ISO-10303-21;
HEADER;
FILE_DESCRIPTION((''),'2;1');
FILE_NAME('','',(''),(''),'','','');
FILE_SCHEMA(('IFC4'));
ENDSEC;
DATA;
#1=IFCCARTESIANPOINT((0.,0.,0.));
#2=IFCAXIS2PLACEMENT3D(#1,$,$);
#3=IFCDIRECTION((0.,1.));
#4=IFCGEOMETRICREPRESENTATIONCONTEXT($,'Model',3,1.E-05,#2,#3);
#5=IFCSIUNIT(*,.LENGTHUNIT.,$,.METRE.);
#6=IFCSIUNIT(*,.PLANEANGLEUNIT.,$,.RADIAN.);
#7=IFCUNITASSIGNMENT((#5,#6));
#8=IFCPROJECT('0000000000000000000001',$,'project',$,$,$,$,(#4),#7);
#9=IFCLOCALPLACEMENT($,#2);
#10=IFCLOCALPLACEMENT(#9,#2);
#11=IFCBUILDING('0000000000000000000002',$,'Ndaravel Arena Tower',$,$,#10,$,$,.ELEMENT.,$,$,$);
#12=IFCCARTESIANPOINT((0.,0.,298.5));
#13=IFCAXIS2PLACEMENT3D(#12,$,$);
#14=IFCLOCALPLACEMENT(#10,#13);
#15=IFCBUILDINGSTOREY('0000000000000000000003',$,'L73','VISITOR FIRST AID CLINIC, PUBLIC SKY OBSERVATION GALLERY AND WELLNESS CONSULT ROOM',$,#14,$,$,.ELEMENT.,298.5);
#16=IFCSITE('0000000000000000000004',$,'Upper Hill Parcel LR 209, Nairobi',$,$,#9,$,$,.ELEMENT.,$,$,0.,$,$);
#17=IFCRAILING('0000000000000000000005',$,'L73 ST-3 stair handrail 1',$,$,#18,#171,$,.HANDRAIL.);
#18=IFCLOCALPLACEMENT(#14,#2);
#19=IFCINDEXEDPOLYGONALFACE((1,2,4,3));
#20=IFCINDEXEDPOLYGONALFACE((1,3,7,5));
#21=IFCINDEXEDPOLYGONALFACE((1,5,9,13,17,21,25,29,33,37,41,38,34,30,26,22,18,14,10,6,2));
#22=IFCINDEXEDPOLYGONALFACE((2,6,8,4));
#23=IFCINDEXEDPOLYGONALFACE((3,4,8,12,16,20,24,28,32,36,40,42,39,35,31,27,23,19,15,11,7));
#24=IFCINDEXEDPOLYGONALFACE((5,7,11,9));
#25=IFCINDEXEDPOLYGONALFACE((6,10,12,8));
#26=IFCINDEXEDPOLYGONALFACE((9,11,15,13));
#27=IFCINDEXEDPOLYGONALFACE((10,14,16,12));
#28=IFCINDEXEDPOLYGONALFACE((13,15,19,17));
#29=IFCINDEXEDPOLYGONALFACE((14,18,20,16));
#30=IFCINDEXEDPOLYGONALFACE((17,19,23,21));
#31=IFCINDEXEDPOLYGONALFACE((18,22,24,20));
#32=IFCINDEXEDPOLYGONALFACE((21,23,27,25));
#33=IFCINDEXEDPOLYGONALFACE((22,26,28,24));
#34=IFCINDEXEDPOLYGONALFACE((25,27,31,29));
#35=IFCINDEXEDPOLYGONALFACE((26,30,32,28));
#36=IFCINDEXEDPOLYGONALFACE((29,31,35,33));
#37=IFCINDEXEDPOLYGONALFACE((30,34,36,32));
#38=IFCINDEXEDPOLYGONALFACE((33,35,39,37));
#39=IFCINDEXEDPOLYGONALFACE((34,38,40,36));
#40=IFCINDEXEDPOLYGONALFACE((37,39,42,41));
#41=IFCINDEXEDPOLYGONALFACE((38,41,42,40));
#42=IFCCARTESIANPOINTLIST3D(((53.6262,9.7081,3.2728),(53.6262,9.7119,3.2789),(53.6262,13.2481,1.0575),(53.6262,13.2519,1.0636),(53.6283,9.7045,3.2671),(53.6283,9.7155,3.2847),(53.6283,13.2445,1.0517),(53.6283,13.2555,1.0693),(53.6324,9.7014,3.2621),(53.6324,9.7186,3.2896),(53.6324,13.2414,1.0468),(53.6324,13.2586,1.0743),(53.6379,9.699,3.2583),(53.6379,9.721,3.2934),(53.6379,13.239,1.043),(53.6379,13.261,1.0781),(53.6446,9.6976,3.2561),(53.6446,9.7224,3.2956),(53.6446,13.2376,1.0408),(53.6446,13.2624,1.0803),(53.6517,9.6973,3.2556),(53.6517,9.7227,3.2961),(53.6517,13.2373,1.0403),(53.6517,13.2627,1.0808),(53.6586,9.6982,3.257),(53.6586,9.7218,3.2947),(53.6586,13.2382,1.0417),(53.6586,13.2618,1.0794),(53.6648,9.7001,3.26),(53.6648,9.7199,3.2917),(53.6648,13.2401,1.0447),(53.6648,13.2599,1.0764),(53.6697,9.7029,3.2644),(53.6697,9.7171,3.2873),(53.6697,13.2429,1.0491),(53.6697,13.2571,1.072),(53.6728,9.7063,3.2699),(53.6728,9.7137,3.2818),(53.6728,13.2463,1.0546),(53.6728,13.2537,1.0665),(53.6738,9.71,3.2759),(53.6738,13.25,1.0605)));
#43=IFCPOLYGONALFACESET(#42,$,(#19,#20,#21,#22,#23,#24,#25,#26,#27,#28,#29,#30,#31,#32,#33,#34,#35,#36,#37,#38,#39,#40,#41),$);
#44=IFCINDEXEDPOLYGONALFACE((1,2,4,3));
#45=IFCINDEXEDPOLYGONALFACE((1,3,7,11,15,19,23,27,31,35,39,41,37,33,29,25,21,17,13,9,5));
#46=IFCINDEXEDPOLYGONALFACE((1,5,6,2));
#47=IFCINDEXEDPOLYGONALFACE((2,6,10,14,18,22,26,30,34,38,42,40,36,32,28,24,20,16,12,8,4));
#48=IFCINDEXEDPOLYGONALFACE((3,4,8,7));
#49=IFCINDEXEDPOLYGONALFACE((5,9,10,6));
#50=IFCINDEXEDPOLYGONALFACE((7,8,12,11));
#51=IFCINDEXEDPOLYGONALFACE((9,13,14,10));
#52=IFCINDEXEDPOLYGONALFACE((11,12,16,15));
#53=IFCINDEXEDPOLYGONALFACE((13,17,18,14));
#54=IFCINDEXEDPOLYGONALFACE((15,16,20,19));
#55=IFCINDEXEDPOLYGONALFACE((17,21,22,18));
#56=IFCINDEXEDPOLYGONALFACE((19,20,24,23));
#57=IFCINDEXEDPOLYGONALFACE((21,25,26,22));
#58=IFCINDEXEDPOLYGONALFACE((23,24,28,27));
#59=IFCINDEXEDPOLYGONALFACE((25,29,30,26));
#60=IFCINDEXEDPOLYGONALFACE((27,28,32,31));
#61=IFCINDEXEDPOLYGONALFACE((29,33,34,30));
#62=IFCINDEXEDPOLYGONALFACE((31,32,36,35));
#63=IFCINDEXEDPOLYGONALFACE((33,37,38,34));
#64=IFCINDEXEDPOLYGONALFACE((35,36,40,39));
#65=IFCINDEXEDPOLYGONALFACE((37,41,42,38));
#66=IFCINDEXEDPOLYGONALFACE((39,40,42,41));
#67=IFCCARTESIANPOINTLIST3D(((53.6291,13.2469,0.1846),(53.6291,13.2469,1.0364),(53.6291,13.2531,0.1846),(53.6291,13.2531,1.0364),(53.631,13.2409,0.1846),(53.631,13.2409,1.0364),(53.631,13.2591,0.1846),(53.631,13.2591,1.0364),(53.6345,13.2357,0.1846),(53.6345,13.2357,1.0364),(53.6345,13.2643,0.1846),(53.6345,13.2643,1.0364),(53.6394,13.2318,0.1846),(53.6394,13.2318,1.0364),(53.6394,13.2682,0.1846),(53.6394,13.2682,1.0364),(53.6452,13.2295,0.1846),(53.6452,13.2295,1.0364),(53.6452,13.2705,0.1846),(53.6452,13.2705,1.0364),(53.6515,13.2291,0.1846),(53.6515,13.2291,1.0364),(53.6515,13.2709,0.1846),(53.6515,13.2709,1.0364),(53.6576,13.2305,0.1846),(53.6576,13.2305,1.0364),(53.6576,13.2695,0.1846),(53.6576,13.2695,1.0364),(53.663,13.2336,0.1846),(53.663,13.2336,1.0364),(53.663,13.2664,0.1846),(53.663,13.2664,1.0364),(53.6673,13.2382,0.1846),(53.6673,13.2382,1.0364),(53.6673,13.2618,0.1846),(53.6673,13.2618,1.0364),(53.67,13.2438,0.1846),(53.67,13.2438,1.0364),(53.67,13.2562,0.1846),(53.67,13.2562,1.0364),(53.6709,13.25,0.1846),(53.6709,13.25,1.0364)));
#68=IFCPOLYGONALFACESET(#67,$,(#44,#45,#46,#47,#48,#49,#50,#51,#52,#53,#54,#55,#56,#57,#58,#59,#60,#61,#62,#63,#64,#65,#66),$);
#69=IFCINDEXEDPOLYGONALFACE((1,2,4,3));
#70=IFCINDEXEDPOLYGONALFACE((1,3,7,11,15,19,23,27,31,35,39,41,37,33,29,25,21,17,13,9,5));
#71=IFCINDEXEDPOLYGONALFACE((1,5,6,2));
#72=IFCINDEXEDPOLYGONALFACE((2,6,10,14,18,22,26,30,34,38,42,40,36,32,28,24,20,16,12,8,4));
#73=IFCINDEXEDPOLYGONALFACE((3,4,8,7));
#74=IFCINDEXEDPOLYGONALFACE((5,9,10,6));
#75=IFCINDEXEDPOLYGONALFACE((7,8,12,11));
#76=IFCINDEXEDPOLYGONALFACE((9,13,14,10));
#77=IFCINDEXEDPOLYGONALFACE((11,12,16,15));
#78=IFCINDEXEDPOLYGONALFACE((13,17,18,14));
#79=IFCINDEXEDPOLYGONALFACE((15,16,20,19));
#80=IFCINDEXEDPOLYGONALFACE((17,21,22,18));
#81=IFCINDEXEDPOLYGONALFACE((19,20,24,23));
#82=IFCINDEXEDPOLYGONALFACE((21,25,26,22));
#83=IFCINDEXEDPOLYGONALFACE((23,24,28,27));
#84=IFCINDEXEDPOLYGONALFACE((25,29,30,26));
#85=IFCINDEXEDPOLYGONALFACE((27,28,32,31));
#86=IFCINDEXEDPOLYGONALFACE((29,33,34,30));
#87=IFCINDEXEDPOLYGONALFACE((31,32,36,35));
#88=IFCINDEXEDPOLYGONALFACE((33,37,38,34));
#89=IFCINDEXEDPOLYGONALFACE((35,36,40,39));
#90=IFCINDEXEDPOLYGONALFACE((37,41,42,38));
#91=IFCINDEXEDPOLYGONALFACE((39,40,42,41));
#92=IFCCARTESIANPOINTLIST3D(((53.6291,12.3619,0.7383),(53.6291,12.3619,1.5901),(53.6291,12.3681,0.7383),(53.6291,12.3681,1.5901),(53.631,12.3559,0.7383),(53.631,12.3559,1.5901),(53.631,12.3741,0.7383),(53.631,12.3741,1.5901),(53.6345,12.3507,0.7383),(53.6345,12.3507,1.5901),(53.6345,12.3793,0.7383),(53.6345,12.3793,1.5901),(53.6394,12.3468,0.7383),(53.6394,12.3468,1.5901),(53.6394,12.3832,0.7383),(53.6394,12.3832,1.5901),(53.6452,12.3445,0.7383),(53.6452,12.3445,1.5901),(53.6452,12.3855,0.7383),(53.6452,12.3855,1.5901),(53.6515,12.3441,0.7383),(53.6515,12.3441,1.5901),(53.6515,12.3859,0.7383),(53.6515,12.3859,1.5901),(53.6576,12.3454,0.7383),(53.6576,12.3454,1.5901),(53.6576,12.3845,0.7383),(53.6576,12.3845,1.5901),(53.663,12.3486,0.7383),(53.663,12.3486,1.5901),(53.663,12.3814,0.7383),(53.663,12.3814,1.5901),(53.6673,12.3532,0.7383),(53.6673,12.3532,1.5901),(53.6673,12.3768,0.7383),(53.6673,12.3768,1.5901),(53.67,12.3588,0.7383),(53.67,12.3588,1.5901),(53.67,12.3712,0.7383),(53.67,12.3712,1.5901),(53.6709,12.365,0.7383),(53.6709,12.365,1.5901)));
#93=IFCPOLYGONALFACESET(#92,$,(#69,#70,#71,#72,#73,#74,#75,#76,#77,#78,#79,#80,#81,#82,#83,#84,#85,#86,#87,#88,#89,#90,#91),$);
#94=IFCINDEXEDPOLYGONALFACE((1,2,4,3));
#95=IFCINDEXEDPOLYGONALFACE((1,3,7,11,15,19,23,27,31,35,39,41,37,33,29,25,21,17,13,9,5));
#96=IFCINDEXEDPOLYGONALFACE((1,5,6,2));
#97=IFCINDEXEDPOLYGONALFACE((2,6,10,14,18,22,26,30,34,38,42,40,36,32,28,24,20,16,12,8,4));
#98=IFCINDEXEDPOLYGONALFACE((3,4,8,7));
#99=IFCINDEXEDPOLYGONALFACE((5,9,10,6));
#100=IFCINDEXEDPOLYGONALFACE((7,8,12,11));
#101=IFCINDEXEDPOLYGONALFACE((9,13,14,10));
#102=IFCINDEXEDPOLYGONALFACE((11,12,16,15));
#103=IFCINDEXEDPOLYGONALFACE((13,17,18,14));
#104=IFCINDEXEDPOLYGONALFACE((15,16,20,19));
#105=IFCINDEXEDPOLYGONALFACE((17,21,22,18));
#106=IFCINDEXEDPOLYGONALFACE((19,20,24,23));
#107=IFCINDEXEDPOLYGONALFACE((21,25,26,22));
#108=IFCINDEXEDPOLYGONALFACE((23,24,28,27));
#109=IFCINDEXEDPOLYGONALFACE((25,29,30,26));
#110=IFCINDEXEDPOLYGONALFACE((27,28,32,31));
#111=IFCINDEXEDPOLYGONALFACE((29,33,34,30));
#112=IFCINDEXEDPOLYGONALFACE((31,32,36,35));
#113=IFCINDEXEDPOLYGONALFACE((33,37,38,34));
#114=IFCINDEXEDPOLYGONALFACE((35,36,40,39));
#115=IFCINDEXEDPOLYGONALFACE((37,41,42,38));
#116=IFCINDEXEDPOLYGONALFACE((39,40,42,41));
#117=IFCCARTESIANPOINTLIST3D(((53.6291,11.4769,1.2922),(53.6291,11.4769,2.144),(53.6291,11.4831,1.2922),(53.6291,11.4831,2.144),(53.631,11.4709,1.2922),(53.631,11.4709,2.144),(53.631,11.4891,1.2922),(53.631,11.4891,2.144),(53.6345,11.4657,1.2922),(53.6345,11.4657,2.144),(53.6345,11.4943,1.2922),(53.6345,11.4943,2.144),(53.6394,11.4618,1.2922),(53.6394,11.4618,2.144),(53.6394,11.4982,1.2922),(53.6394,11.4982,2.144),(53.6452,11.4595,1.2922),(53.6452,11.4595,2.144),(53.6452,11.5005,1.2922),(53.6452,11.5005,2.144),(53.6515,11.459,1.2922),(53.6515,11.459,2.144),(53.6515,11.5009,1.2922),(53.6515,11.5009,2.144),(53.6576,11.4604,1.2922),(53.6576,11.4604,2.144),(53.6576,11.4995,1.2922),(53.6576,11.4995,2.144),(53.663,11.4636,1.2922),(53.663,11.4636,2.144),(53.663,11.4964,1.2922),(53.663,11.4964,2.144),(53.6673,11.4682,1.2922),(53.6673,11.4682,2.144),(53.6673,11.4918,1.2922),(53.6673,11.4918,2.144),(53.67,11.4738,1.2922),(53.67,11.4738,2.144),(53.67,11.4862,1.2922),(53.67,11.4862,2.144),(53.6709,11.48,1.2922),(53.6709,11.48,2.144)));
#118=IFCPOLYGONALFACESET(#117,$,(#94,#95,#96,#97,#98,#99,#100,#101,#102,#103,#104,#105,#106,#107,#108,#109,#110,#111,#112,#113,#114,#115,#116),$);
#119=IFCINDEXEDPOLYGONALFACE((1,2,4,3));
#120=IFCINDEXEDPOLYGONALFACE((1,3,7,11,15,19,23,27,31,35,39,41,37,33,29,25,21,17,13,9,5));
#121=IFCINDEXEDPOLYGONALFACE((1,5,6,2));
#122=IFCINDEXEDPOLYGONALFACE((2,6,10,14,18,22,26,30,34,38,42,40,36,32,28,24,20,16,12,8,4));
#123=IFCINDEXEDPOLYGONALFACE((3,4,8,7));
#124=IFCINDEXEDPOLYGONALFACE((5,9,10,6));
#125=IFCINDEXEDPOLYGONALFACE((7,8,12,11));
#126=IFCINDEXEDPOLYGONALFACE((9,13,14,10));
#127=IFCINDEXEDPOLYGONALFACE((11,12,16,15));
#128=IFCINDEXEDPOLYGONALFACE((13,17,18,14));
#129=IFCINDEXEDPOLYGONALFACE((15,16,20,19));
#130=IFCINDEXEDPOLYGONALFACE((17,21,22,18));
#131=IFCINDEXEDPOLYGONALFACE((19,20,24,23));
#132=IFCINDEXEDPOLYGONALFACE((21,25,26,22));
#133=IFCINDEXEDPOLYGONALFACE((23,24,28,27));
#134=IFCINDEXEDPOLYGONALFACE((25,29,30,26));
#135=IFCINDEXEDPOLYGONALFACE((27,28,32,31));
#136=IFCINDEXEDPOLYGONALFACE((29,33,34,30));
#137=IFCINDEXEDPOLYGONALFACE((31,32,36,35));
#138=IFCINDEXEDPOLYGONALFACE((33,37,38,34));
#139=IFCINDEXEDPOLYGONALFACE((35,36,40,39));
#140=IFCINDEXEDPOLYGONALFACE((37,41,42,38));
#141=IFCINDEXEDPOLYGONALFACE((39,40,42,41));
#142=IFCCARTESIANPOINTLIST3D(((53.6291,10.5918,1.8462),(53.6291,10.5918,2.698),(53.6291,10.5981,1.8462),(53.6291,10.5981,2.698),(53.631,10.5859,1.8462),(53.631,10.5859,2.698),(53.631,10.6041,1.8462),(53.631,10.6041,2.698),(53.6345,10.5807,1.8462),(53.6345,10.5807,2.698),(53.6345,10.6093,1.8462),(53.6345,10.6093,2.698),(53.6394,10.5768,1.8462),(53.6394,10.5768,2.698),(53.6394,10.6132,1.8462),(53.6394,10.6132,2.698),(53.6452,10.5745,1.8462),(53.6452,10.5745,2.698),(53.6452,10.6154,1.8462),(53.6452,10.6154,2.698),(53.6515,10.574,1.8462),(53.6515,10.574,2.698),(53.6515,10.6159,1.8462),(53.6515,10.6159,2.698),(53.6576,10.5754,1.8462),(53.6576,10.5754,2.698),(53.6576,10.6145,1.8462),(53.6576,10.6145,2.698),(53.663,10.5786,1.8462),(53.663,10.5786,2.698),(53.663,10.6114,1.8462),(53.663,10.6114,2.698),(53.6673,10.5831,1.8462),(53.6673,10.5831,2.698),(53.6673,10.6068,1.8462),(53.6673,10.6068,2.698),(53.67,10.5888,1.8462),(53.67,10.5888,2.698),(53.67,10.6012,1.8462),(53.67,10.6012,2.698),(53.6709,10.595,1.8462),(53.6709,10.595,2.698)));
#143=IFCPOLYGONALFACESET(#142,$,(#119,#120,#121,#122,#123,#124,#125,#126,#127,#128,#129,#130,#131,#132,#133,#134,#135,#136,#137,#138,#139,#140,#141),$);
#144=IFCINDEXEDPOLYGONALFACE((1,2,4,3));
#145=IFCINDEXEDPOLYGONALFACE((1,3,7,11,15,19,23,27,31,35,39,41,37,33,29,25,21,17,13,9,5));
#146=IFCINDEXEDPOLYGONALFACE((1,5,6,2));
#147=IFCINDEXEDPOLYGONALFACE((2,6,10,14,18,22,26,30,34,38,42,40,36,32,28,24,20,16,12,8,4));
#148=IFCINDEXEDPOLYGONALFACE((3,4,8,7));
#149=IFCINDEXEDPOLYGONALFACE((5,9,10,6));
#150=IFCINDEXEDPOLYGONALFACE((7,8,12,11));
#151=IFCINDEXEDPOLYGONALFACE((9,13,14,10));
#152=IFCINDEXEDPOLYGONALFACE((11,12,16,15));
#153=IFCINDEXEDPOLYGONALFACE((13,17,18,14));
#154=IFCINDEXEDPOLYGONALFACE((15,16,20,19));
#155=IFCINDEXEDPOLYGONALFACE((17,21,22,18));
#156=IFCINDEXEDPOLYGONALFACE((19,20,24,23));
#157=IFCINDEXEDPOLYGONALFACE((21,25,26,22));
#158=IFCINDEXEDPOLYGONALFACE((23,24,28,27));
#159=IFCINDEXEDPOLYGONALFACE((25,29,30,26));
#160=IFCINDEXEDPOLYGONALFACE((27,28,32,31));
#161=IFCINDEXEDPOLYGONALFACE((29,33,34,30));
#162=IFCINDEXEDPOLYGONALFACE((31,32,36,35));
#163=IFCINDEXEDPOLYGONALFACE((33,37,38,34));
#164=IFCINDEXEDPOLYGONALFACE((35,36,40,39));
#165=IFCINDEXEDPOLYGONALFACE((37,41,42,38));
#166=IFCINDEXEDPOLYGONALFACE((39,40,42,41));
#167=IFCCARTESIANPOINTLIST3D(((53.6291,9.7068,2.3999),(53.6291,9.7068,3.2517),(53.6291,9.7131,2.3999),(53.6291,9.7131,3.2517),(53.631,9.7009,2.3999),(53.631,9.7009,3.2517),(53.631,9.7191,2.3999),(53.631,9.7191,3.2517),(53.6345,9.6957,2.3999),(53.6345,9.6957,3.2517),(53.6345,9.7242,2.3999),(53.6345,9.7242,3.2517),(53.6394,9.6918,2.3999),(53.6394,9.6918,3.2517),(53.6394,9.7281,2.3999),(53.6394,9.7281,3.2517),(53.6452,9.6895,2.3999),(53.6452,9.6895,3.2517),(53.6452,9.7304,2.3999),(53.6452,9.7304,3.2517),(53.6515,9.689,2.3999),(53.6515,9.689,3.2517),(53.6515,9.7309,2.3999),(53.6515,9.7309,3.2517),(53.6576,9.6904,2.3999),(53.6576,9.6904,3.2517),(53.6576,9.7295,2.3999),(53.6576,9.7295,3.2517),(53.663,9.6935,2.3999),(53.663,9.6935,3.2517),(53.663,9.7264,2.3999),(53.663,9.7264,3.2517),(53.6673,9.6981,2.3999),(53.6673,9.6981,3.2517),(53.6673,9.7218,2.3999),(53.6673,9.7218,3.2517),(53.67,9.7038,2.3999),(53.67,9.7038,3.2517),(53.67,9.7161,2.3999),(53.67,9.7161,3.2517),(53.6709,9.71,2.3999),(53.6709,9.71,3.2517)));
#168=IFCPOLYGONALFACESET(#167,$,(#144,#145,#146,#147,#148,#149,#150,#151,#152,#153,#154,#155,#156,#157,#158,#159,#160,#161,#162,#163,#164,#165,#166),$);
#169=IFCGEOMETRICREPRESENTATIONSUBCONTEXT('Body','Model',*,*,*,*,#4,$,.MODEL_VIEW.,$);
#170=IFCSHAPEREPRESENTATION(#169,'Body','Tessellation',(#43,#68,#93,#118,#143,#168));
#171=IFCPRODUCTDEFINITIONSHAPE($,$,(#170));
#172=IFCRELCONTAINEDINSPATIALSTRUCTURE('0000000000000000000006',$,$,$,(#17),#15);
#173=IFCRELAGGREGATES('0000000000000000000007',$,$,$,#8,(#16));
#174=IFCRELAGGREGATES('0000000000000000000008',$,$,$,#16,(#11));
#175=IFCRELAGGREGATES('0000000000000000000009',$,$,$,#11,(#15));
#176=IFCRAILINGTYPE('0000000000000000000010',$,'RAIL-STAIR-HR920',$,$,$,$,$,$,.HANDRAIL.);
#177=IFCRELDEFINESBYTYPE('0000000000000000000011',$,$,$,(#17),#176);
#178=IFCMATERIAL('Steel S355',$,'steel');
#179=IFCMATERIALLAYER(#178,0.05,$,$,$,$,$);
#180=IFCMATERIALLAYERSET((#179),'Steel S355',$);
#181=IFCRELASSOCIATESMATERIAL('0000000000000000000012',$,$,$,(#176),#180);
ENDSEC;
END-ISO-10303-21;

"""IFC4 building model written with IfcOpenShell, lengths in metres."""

from ifc_helpers import new_model, si_unit, direction, frame, origin, origin_2d, place, context, subcontext, project, spatial, circle, extrude, material, layer, layer_set, type_object, element, save


model = new_model("IFC4")

# Units and contexts
model_context = context("Model", 3, precision=1e-05, world=origin(), true_north=direction((0.0, 1.0)))
body_context = subcontext(model_context, "Body", "Model", "MODEL_VIEW")
ifc_project = project(units=[si_unit("LENGTHUNIT", "METRE"), si_unit("PLANEANGLEUNIT", "RADIAN")], contexts=[model_context])

# Site, building, storey
site_placement = place(None, origin())
site = spatial("IfcSite", under=ifc_project, at=site_placement, Name="Upper Hill Parcel LR 209, Nairobi", CompositionType="ELEMENT", RefElevation=0.0)
building_placement = place(site_placement, origin())
building = spatial("IfcBuilding", under=site, at=building_placement, Name="Ndaravel Arena Tower", CompositionType="ELEMENT")
storey_placement = place(building_placement, frame((0.0, 0.0, 298.5)))
storey = spatial("IfcBuildingStorey", under=building, at=storey_placement, Name="L73", Description="VISITOR FIRST AID CLINIC, PUBLIC SKY OBSERVATION GALLERY AND WELLNESS CONSULT ROOM", CompositionType="ELEMENT", Elevation=298.5)

# Railing
ifc_material_1 = material(Name="Steel S355", Category="steel")
ifc_layer_1 = layer(ifc_material_1, 0.05)
ifc_layer_set_1 = layer_set([ifc_layer_1], Name="Steel S355")
railing_type_1 = type_object("IfcRailingType", Name="RAIL-STAIR-HR920", PredefinedType="HANDRAIL", material=ifc_layer_set_1)
railing_1_placement = place(storey_placement, frame((53.6499, 13.25, 0.1846)))
element("IfcRailing", 1, at=railing_1_placement, inside=storey, type_object=railing_type_1, Name="L73 ST-3 stair handrail 1", PredefinedType="HANDRAIL", context=body_context, shape_type="SweptSolid", body=[
    extrude(circle(Radius=0.0239, at=origin_2d()), frame((0.0, 0.0, 0.876), z_axis=(0.0, -0.847696, 0.530482), x_axis=(1.0, 0.0, 0.0)), (0.0, 0.0, 1.0), 4.176),
    extrude(circle(Radius=0.021, at=origin_2d()), origin(), (0.0, 0.0, 1.0), 0.8518),
    extrude(circle(Radius=0.021, at=origin_2d()), frame((0.0, -0.885, 0.5537)), (0.0, 0.0, 1.0), 0.8518),
    extrude(circle(Radius=0.021, at=origin_2d()), frame((0.0, -1.77, 1.1077)), (0.0, 0.0, 1.0), 0.8518),
    extrude(circle(Radius=0.021, at=origin_2d()), frame((0.0, -2.655, 1.6616)), (0.0, 0.0, 1.0), 0.8518),
    extrude(circle(Radius=0.021, at=origin_2d()), frame((0.0, -3.54, 2.2153)), (0.0, 0.0, 1.0), 0.8518),
])

save(model, "model.ifc")
